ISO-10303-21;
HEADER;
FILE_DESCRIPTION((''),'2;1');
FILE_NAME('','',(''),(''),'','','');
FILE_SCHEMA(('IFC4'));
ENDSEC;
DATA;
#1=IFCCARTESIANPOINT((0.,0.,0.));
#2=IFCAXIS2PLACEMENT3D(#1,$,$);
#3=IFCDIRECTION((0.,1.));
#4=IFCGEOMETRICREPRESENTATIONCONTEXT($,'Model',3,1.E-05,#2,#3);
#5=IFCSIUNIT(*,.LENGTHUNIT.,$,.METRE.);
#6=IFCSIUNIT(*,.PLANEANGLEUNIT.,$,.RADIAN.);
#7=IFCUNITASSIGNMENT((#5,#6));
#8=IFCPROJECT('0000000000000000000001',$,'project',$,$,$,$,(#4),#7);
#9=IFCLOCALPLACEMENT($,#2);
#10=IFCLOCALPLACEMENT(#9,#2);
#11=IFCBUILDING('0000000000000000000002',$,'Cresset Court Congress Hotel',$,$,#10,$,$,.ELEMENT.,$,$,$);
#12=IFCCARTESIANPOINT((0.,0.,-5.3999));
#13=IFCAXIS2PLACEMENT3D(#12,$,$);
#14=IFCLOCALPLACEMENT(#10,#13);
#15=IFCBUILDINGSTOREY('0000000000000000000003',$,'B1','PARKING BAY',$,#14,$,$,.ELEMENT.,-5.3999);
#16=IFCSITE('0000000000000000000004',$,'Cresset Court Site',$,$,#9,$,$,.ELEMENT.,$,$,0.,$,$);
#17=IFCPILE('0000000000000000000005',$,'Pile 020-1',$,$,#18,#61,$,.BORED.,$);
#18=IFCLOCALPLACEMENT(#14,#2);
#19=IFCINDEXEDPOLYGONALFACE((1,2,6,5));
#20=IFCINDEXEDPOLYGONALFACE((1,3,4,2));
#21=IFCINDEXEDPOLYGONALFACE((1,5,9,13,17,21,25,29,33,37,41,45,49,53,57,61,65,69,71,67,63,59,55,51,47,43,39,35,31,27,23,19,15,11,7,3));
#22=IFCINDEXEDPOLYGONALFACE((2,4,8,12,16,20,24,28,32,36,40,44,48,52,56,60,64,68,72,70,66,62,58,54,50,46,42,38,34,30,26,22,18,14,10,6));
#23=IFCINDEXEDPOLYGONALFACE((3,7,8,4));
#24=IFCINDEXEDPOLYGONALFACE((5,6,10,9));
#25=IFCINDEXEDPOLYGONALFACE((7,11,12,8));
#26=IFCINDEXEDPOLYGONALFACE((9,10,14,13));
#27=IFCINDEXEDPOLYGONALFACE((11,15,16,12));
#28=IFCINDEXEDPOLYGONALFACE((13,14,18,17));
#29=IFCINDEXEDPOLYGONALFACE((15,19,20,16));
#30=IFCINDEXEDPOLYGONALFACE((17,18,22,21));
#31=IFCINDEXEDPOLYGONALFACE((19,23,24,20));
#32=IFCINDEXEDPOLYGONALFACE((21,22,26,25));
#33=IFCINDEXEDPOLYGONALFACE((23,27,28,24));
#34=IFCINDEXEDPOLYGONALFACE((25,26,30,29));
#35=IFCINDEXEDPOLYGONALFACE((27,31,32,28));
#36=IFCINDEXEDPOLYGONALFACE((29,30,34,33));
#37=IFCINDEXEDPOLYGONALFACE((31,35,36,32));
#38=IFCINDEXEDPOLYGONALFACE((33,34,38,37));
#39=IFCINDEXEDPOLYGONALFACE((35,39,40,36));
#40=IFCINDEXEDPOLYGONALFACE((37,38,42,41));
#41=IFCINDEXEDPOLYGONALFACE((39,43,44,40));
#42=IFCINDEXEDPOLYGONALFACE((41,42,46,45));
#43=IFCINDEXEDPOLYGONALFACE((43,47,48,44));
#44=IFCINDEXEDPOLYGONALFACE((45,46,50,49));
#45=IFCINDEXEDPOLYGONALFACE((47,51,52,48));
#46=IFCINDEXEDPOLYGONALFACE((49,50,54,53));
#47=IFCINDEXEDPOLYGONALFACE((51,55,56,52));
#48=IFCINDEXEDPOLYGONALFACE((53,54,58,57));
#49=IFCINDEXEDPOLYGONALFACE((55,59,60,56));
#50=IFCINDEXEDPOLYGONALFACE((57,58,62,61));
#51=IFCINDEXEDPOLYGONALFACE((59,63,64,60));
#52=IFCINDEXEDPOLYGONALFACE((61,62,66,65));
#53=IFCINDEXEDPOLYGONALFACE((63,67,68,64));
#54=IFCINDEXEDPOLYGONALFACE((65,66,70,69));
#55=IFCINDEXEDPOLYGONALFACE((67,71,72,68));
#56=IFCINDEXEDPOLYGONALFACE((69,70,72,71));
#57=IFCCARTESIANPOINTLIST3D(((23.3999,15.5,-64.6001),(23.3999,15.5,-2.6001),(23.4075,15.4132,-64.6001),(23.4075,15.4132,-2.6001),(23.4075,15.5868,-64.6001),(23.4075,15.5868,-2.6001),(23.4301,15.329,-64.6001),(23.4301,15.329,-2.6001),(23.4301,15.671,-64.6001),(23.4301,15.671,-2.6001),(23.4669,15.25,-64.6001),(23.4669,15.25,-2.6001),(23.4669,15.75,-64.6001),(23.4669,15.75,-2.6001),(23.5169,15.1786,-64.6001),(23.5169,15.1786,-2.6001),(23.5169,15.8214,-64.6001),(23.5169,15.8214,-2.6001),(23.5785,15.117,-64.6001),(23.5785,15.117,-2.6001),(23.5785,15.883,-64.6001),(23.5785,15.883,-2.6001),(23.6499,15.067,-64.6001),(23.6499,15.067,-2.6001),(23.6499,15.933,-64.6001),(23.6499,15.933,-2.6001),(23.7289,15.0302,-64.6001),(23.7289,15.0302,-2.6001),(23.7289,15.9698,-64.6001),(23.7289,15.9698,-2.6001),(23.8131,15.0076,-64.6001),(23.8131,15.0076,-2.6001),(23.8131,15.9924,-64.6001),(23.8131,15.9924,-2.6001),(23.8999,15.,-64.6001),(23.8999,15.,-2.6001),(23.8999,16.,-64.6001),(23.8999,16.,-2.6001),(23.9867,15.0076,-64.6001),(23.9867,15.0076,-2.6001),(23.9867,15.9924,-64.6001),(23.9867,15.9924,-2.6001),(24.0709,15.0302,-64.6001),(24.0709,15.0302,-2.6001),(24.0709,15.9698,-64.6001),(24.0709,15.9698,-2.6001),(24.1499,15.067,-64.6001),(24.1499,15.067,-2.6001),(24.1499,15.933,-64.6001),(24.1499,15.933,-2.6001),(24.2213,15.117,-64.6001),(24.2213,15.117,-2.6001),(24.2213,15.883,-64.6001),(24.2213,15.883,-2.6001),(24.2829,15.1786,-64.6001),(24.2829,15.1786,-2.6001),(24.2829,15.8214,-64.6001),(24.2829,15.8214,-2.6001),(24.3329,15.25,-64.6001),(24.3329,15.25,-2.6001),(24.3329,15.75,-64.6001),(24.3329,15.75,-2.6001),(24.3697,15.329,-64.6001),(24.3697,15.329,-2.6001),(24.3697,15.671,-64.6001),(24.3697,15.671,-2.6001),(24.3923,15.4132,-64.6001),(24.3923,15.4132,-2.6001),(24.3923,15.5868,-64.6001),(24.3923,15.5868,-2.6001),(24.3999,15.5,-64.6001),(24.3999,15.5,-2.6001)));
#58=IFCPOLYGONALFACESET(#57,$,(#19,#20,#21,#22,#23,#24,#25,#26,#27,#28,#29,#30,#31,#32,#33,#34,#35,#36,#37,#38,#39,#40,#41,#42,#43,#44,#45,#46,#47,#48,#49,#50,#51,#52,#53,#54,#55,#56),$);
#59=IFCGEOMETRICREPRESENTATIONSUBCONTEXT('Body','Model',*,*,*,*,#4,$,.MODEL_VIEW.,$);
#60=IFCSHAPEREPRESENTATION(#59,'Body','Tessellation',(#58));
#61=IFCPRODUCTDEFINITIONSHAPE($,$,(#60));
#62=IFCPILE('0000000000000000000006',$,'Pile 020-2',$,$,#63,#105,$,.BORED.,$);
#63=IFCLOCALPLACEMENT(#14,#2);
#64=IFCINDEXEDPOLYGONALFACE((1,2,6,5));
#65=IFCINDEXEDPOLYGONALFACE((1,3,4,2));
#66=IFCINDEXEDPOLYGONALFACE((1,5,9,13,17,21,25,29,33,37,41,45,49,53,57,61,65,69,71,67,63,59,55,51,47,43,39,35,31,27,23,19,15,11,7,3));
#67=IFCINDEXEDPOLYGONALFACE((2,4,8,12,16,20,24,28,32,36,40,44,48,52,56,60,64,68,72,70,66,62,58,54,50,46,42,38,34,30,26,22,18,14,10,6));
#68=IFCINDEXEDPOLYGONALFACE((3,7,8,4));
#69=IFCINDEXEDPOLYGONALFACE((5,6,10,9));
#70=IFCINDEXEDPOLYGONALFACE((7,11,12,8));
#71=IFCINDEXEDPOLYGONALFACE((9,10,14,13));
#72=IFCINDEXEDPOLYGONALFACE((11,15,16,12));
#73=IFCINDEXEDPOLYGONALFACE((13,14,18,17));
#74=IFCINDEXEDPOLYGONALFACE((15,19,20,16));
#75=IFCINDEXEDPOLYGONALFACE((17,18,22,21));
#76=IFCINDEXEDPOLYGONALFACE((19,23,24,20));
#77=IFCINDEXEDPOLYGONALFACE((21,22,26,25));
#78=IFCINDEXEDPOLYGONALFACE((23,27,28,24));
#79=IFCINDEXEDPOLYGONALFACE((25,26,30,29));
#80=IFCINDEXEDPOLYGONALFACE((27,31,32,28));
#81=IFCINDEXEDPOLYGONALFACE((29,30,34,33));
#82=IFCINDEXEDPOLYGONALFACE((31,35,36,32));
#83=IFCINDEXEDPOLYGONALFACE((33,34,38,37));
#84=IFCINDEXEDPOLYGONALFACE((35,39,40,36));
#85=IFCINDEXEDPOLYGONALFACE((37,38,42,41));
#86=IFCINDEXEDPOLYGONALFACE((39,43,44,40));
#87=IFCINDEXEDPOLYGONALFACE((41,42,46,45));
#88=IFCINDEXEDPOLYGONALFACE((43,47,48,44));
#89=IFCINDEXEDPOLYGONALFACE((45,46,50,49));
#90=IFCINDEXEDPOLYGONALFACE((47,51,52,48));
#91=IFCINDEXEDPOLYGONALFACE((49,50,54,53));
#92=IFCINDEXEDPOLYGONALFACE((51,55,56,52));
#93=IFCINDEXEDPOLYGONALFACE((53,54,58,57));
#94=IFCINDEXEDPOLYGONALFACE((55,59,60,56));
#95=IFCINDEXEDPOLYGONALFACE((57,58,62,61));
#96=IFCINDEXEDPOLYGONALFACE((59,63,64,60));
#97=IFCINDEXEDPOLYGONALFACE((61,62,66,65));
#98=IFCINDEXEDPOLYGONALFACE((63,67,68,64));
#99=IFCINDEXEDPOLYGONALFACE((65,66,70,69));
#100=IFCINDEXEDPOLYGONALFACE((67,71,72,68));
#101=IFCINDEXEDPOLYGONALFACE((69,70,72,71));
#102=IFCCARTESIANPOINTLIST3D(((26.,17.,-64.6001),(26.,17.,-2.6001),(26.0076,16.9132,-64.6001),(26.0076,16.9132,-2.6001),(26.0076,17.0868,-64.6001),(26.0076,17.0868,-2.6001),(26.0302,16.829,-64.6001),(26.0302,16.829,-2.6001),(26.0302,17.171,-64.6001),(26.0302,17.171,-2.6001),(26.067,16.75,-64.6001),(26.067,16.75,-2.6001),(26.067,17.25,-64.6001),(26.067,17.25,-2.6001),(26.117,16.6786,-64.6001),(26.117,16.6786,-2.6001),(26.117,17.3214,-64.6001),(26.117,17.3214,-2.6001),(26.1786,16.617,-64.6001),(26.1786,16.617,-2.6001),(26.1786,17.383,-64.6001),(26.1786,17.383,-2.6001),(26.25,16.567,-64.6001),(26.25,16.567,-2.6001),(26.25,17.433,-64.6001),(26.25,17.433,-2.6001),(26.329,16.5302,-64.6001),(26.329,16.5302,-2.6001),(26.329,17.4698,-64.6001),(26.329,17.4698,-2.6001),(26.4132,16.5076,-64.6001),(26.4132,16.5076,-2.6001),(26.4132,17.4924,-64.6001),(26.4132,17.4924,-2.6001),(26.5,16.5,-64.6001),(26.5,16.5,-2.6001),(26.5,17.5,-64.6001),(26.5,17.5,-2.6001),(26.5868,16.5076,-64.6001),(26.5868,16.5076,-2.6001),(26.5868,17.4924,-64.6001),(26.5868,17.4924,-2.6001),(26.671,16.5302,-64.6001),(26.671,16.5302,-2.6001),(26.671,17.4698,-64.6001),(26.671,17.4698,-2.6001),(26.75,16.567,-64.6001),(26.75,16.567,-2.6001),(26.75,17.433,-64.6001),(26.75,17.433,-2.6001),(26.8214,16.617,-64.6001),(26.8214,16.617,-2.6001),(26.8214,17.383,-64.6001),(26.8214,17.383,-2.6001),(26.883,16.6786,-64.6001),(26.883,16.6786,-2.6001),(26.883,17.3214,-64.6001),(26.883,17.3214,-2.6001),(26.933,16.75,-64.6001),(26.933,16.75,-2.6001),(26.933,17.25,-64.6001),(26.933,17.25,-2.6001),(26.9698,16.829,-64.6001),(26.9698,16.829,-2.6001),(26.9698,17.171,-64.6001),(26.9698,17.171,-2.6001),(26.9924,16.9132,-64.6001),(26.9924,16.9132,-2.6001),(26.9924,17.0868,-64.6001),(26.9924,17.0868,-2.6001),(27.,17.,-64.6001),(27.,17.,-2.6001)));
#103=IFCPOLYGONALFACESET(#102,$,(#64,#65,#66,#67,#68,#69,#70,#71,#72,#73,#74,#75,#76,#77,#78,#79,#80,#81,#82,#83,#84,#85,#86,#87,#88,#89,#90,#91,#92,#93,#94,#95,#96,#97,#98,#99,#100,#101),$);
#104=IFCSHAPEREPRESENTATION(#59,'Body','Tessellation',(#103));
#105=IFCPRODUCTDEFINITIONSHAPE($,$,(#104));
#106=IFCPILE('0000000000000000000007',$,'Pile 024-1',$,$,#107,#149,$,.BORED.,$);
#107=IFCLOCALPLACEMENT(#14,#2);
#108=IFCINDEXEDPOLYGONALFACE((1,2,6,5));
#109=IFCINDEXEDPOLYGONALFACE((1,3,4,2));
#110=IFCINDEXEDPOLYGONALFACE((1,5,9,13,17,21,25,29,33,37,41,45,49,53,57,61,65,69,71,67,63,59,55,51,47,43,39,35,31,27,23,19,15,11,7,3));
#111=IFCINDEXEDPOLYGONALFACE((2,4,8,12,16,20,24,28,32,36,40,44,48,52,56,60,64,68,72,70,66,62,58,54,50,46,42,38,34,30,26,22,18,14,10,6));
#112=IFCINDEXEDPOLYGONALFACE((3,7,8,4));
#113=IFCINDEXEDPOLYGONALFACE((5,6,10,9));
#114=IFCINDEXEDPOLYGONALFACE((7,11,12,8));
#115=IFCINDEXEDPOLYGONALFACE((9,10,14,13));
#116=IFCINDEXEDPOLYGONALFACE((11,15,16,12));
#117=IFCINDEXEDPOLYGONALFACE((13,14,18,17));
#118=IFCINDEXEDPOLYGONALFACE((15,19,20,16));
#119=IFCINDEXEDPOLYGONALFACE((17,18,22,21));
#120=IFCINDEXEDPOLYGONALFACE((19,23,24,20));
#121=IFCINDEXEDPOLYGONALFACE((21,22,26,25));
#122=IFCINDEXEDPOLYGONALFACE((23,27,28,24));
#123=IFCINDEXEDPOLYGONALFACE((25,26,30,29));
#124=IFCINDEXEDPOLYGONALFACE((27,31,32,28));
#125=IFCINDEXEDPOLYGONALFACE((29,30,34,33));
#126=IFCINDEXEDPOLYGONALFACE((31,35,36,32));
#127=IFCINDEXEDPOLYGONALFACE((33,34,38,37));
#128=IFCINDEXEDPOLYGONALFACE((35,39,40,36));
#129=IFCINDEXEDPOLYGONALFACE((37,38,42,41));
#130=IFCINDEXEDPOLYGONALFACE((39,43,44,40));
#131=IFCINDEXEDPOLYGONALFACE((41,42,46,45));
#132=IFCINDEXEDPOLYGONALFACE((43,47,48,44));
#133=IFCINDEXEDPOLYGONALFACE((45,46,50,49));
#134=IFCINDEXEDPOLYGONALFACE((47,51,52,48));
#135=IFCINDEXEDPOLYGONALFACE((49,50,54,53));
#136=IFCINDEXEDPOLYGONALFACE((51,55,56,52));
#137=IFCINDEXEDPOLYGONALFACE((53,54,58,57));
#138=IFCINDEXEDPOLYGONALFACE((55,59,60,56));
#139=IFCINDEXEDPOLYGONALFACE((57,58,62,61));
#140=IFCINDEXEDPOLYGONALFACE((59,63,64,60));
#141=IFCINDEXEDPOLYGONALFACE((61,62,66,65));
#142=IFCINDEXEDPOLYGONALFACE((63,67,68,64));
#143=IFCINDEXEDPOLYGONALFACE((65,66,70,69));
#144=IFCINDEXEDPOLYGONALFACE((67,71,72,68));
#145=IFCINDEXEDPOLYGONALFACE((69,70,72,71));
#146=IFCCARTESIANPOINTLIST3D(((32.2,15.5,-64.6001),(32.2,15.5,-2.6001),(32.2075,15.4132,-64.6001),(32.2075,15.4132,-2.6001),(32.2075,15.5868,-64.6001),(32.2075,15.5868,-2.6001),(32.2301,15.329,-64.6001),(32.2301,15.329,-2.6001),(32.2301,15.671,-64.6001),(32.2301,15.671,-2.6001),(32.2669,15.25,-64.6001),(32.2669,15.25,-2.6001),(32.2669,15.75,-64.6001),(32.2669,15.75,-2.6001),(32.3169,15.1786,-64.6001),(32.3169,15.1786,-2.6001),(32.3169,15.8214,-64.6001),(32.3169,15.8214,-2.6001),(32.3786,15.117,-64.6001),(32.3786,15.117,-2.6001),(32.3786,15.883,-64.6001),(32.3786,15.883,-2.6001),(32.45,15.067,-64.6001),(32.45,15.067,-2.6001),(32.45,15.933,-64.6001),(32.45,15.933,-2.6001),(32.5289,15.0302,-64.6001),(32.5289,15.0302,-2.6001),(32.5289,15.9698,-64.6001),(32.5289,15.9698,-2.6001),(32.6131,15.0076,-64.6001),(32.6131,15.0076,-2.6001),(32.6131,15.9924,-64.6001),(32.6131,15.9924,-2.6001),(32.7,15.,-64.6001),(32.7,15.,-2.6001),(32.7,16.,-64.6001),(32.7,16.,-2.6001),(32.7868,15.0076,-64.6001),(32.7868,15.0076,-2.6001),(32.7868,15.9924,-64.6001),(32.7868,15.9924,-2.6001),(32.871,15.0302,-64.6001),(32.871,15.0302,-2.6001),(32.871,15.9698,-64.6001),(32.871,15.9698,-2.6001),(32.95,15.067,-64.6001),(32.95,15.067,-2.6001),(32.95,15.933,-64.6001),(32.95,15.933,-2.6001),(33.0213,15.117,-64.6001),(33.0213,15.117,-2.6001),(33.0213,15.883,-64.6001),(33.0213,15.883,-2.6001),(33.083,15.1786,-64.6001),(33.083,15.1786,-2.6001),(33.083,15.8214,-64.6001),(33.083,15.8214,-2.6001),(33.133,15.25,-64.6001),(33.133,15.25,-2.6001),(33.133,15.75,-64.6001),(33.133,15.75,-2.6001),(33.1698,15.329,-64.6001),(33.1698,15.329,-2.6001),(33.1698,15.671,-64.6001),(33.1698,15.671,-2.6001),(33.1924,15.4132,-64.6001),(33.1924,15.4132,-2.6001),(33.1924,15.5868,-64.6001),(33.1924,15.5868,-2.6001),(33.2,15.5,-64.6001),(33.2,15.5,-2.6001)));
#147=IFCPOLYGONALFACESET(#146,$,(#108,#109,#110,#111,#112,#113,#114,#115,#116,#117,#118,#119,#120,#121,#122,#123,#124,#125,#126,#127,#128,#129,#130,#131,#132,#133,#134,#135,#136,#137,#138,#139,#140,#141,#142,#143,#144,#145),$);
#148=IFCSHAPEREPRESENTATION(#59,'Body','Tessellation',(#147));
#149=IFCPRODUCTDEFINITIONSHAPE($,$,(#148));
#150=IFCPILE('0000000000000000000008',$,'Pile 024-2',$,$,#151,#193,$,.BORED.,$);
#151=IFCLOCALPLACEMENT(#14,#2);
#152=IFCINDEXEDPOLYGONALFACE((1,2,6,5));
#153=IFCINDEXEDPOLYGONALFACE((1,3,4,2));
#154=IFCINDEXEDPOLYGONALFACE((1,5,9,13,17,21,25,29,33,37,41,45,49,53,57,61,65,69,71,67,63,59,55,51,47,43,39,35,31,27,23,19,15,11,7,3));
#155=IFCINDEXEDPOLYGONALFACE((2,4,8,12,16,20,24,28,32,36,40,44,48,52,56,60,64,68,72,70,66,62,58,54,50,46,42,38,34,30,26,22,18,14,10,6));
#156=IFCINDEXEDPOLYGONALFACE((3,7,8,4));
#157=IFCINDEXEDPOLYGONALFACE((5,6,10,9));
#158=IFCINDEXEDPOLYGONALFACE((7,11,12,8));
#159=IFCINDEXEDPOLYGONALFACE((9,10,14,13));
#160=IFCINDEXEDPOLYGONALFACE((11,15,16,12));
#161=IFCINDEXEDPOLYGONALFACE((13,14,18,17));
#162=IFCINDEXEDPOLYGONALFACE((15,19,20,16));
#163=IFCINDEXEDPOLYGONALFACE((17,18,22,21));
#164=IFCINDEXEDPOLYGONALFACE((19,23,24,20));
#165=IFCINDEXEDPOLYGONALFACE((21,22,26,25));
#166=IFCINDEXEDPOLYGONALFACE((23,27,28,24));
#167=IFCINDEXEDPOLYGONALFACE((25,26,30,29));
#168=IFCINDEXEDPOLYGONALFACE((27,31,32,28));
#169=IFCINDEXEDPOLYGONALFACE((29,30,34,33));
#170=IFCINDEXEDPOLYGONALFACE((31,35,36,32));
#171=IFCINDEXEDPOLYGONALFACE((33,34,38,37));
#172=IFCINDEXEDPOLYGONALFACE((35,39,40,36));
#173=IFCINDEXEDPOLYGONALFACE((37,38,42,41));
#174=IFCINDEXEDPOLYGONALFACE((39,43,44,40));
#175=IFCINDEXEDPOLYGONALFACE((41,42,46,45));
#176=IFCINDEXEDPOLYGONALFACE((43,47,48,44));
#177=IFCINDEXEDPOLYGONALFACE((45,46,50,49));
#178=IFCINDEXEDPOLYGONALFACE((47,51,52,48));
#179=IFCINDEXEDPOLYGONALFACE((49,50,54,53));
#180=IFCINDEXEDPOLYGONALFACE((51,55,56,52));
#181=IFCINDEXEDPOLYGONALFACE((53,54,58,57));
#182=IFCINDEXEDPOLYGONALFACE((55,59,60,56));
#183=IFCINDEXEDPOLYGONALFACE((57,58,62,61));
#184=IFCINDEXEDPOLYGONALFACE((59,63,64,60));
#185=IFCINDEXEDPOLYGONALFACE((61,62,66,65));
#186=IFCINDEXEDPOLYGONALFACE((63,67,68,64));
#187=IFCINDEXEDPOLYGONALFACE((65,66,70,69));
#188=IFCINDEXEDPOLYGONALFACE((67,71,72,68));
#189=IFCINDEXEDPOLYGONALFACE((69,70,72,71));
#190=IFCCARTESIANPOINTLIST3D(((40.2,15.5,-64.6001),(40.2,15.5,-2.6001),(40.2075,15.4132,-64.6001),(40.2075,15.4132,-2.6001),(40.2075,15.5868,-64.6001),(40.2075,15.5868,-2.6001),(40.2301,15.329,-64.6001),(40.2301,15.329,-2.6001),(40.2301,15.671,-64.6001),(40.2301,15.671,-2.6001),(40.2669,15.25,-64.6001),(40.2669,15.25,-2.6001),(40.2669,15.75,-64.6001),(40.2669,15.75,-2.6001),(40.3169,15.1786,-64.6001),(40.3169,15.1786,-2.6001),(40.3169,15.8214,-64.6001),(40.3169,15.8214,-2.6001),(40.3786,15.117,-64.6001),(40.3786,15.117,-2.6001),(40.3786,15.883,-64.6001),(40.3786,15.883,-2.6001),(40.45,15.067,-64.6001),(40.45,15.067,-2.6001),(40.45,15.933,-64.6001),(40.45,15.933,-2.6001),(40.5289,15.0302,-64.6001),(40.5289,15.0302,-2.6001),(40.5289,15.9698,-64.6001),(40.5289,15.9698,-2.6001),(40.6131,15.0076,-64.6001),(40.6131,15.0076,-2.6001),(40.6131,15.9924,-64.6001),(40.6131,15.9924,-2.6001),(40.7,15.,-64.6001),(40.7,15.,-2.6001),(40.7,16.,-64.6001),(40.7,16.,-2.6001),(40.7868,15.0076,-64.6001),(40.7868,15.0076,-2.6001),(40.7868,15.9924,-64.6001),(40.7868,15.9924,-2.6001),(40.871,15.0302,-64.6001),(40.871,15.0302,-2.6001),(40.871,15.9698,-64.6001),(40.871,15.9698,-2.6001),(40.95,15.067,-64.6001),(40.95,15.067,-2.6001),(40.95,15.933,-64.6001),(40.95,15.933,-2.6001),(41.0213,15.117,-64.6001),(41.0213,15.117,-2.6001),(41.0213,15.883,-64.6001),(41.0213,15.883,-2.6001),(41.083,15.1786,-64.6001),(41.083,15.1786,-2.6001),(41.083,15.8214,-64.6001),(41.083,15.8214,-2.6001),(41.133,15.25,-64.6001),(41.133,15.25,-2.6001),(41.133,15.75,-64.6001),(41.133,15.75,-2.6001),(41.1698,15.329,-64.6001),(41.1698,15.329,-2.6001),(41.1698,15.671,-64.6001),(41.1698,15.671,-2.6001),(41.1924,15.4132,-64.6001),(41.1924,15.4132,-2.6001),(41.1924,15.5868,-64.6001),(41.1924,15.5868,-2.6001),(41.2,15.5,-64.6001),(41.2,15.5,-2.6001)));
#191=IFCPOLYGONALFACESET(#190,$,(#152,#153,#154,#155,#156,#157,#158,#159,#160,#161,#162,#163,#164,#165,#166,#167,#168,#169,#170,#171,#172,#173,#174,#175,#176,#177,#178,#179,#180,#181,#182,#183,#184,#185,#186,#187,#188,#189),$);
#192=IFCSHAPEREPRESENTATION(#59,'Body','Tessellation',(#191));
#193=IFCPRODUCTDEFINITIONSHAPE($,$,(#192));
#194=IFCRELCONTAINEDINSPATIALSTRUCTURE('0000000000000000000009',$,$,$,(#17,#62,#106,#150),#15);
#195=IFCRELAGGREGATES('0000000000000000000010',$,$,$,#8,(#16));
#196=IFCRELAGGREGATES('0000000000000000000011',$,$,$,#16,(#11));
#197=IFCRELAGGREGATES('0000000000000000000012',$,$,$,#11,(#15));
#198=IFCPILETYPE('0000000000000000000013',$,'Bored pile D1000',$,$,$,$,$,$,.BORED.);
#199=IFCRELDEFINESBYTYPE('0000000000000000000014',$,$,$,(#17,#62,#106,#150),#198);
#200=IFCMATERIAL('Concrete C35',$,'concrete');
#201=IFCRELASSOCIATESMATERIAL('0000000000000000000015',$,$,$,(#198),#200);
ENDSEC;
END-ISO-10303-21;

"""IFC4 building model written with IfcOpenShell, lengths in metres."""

from ifc_helpers import new_model, si_unit, direction, frame, origin, origin_2d, place, context, subcontext, project, spatial, circle, extrude, material, type_object, element, save


model = new_model("IFC4")

# Units and contexts
model_context = context("Model", 3, precision=1e-05, world=origin(), true_north=direction((0.0, 1.0)))
body_context = subcontext(model_context, "Body", "Model", "MODEL_VIEW")
ifc_project = project(units=[si_unit("LENGTHUNIT", "METRE"), si_unit("PLANEANGLEUNIT", "RADIAN")], contexts=[model_context])

# Site, building, storey
site_placement = place(None, origin())
site = spatial("IfcSite", under=ifc_project, at=site_placement, Name="Cresset Court Site", CompositionType="ELEMENT", RefElevation=0.0)
building_placement = place(site_placement, origin())
building = spatial("IfcBuilding", under=site, at=building_placement, Name="Cresset Court Congress Hotel", CompositionType="ELEMENT")
storey_placement = place(building_placement, frame((0.0, 0.0, -5.3999)))
storey = spatial("IfcBuildingStorey", under=building, at=storey_placement, Name="B1", Description="PARKING BAY", CompositionType="ELEMENT", Elevation=-5.3999)

# Piles
ifc_material_1 = material(Name="Concrete C35", Category="concrete")
pile_type = type_object("IfcPileType", Name="Bored pile D1000", PredefinedType="BORED", material=ifc_material_1)
for number, where, z_axis, x_axis, name in (
    (1, (23.8999, 15.5, -2.6001), (0.0, 0.0, -1.0), (1.0, 0.0, 0.0), "Pile 020-1"),
    (2, (26.5, 17.0, -2.6001), (0.0, 0.0, -1.0), (1.0, 0.0, 0.0), "Pile 020-2"),
    (3, (32.7, 15.5, -2.6001), (0.0, 0.0, -1.0), (1.0, 0.0, 0.0), "Pile 024-1"),
    (4, (40.7, 15.5, -2.6001), (0.0, 0.0, -1.0), (1.0, 0.0, 0.0), "Pile 024-2"),
):
    element("IfcPile", number, at=place(storey_placement, frame(where, z_axis=z_axis, x_axis=x_axis)), inside=storey, type_object=pile_type, Name=name, PredefinedType="BORED", context=body_context, shape_type="SweptSolid", body=[
        extrude(circle(Radius=0.5, at=origin_2d()), origin(), (0.0, 0.0, 1.0), 62.0),
    ])

save(model, "model.ifc")
